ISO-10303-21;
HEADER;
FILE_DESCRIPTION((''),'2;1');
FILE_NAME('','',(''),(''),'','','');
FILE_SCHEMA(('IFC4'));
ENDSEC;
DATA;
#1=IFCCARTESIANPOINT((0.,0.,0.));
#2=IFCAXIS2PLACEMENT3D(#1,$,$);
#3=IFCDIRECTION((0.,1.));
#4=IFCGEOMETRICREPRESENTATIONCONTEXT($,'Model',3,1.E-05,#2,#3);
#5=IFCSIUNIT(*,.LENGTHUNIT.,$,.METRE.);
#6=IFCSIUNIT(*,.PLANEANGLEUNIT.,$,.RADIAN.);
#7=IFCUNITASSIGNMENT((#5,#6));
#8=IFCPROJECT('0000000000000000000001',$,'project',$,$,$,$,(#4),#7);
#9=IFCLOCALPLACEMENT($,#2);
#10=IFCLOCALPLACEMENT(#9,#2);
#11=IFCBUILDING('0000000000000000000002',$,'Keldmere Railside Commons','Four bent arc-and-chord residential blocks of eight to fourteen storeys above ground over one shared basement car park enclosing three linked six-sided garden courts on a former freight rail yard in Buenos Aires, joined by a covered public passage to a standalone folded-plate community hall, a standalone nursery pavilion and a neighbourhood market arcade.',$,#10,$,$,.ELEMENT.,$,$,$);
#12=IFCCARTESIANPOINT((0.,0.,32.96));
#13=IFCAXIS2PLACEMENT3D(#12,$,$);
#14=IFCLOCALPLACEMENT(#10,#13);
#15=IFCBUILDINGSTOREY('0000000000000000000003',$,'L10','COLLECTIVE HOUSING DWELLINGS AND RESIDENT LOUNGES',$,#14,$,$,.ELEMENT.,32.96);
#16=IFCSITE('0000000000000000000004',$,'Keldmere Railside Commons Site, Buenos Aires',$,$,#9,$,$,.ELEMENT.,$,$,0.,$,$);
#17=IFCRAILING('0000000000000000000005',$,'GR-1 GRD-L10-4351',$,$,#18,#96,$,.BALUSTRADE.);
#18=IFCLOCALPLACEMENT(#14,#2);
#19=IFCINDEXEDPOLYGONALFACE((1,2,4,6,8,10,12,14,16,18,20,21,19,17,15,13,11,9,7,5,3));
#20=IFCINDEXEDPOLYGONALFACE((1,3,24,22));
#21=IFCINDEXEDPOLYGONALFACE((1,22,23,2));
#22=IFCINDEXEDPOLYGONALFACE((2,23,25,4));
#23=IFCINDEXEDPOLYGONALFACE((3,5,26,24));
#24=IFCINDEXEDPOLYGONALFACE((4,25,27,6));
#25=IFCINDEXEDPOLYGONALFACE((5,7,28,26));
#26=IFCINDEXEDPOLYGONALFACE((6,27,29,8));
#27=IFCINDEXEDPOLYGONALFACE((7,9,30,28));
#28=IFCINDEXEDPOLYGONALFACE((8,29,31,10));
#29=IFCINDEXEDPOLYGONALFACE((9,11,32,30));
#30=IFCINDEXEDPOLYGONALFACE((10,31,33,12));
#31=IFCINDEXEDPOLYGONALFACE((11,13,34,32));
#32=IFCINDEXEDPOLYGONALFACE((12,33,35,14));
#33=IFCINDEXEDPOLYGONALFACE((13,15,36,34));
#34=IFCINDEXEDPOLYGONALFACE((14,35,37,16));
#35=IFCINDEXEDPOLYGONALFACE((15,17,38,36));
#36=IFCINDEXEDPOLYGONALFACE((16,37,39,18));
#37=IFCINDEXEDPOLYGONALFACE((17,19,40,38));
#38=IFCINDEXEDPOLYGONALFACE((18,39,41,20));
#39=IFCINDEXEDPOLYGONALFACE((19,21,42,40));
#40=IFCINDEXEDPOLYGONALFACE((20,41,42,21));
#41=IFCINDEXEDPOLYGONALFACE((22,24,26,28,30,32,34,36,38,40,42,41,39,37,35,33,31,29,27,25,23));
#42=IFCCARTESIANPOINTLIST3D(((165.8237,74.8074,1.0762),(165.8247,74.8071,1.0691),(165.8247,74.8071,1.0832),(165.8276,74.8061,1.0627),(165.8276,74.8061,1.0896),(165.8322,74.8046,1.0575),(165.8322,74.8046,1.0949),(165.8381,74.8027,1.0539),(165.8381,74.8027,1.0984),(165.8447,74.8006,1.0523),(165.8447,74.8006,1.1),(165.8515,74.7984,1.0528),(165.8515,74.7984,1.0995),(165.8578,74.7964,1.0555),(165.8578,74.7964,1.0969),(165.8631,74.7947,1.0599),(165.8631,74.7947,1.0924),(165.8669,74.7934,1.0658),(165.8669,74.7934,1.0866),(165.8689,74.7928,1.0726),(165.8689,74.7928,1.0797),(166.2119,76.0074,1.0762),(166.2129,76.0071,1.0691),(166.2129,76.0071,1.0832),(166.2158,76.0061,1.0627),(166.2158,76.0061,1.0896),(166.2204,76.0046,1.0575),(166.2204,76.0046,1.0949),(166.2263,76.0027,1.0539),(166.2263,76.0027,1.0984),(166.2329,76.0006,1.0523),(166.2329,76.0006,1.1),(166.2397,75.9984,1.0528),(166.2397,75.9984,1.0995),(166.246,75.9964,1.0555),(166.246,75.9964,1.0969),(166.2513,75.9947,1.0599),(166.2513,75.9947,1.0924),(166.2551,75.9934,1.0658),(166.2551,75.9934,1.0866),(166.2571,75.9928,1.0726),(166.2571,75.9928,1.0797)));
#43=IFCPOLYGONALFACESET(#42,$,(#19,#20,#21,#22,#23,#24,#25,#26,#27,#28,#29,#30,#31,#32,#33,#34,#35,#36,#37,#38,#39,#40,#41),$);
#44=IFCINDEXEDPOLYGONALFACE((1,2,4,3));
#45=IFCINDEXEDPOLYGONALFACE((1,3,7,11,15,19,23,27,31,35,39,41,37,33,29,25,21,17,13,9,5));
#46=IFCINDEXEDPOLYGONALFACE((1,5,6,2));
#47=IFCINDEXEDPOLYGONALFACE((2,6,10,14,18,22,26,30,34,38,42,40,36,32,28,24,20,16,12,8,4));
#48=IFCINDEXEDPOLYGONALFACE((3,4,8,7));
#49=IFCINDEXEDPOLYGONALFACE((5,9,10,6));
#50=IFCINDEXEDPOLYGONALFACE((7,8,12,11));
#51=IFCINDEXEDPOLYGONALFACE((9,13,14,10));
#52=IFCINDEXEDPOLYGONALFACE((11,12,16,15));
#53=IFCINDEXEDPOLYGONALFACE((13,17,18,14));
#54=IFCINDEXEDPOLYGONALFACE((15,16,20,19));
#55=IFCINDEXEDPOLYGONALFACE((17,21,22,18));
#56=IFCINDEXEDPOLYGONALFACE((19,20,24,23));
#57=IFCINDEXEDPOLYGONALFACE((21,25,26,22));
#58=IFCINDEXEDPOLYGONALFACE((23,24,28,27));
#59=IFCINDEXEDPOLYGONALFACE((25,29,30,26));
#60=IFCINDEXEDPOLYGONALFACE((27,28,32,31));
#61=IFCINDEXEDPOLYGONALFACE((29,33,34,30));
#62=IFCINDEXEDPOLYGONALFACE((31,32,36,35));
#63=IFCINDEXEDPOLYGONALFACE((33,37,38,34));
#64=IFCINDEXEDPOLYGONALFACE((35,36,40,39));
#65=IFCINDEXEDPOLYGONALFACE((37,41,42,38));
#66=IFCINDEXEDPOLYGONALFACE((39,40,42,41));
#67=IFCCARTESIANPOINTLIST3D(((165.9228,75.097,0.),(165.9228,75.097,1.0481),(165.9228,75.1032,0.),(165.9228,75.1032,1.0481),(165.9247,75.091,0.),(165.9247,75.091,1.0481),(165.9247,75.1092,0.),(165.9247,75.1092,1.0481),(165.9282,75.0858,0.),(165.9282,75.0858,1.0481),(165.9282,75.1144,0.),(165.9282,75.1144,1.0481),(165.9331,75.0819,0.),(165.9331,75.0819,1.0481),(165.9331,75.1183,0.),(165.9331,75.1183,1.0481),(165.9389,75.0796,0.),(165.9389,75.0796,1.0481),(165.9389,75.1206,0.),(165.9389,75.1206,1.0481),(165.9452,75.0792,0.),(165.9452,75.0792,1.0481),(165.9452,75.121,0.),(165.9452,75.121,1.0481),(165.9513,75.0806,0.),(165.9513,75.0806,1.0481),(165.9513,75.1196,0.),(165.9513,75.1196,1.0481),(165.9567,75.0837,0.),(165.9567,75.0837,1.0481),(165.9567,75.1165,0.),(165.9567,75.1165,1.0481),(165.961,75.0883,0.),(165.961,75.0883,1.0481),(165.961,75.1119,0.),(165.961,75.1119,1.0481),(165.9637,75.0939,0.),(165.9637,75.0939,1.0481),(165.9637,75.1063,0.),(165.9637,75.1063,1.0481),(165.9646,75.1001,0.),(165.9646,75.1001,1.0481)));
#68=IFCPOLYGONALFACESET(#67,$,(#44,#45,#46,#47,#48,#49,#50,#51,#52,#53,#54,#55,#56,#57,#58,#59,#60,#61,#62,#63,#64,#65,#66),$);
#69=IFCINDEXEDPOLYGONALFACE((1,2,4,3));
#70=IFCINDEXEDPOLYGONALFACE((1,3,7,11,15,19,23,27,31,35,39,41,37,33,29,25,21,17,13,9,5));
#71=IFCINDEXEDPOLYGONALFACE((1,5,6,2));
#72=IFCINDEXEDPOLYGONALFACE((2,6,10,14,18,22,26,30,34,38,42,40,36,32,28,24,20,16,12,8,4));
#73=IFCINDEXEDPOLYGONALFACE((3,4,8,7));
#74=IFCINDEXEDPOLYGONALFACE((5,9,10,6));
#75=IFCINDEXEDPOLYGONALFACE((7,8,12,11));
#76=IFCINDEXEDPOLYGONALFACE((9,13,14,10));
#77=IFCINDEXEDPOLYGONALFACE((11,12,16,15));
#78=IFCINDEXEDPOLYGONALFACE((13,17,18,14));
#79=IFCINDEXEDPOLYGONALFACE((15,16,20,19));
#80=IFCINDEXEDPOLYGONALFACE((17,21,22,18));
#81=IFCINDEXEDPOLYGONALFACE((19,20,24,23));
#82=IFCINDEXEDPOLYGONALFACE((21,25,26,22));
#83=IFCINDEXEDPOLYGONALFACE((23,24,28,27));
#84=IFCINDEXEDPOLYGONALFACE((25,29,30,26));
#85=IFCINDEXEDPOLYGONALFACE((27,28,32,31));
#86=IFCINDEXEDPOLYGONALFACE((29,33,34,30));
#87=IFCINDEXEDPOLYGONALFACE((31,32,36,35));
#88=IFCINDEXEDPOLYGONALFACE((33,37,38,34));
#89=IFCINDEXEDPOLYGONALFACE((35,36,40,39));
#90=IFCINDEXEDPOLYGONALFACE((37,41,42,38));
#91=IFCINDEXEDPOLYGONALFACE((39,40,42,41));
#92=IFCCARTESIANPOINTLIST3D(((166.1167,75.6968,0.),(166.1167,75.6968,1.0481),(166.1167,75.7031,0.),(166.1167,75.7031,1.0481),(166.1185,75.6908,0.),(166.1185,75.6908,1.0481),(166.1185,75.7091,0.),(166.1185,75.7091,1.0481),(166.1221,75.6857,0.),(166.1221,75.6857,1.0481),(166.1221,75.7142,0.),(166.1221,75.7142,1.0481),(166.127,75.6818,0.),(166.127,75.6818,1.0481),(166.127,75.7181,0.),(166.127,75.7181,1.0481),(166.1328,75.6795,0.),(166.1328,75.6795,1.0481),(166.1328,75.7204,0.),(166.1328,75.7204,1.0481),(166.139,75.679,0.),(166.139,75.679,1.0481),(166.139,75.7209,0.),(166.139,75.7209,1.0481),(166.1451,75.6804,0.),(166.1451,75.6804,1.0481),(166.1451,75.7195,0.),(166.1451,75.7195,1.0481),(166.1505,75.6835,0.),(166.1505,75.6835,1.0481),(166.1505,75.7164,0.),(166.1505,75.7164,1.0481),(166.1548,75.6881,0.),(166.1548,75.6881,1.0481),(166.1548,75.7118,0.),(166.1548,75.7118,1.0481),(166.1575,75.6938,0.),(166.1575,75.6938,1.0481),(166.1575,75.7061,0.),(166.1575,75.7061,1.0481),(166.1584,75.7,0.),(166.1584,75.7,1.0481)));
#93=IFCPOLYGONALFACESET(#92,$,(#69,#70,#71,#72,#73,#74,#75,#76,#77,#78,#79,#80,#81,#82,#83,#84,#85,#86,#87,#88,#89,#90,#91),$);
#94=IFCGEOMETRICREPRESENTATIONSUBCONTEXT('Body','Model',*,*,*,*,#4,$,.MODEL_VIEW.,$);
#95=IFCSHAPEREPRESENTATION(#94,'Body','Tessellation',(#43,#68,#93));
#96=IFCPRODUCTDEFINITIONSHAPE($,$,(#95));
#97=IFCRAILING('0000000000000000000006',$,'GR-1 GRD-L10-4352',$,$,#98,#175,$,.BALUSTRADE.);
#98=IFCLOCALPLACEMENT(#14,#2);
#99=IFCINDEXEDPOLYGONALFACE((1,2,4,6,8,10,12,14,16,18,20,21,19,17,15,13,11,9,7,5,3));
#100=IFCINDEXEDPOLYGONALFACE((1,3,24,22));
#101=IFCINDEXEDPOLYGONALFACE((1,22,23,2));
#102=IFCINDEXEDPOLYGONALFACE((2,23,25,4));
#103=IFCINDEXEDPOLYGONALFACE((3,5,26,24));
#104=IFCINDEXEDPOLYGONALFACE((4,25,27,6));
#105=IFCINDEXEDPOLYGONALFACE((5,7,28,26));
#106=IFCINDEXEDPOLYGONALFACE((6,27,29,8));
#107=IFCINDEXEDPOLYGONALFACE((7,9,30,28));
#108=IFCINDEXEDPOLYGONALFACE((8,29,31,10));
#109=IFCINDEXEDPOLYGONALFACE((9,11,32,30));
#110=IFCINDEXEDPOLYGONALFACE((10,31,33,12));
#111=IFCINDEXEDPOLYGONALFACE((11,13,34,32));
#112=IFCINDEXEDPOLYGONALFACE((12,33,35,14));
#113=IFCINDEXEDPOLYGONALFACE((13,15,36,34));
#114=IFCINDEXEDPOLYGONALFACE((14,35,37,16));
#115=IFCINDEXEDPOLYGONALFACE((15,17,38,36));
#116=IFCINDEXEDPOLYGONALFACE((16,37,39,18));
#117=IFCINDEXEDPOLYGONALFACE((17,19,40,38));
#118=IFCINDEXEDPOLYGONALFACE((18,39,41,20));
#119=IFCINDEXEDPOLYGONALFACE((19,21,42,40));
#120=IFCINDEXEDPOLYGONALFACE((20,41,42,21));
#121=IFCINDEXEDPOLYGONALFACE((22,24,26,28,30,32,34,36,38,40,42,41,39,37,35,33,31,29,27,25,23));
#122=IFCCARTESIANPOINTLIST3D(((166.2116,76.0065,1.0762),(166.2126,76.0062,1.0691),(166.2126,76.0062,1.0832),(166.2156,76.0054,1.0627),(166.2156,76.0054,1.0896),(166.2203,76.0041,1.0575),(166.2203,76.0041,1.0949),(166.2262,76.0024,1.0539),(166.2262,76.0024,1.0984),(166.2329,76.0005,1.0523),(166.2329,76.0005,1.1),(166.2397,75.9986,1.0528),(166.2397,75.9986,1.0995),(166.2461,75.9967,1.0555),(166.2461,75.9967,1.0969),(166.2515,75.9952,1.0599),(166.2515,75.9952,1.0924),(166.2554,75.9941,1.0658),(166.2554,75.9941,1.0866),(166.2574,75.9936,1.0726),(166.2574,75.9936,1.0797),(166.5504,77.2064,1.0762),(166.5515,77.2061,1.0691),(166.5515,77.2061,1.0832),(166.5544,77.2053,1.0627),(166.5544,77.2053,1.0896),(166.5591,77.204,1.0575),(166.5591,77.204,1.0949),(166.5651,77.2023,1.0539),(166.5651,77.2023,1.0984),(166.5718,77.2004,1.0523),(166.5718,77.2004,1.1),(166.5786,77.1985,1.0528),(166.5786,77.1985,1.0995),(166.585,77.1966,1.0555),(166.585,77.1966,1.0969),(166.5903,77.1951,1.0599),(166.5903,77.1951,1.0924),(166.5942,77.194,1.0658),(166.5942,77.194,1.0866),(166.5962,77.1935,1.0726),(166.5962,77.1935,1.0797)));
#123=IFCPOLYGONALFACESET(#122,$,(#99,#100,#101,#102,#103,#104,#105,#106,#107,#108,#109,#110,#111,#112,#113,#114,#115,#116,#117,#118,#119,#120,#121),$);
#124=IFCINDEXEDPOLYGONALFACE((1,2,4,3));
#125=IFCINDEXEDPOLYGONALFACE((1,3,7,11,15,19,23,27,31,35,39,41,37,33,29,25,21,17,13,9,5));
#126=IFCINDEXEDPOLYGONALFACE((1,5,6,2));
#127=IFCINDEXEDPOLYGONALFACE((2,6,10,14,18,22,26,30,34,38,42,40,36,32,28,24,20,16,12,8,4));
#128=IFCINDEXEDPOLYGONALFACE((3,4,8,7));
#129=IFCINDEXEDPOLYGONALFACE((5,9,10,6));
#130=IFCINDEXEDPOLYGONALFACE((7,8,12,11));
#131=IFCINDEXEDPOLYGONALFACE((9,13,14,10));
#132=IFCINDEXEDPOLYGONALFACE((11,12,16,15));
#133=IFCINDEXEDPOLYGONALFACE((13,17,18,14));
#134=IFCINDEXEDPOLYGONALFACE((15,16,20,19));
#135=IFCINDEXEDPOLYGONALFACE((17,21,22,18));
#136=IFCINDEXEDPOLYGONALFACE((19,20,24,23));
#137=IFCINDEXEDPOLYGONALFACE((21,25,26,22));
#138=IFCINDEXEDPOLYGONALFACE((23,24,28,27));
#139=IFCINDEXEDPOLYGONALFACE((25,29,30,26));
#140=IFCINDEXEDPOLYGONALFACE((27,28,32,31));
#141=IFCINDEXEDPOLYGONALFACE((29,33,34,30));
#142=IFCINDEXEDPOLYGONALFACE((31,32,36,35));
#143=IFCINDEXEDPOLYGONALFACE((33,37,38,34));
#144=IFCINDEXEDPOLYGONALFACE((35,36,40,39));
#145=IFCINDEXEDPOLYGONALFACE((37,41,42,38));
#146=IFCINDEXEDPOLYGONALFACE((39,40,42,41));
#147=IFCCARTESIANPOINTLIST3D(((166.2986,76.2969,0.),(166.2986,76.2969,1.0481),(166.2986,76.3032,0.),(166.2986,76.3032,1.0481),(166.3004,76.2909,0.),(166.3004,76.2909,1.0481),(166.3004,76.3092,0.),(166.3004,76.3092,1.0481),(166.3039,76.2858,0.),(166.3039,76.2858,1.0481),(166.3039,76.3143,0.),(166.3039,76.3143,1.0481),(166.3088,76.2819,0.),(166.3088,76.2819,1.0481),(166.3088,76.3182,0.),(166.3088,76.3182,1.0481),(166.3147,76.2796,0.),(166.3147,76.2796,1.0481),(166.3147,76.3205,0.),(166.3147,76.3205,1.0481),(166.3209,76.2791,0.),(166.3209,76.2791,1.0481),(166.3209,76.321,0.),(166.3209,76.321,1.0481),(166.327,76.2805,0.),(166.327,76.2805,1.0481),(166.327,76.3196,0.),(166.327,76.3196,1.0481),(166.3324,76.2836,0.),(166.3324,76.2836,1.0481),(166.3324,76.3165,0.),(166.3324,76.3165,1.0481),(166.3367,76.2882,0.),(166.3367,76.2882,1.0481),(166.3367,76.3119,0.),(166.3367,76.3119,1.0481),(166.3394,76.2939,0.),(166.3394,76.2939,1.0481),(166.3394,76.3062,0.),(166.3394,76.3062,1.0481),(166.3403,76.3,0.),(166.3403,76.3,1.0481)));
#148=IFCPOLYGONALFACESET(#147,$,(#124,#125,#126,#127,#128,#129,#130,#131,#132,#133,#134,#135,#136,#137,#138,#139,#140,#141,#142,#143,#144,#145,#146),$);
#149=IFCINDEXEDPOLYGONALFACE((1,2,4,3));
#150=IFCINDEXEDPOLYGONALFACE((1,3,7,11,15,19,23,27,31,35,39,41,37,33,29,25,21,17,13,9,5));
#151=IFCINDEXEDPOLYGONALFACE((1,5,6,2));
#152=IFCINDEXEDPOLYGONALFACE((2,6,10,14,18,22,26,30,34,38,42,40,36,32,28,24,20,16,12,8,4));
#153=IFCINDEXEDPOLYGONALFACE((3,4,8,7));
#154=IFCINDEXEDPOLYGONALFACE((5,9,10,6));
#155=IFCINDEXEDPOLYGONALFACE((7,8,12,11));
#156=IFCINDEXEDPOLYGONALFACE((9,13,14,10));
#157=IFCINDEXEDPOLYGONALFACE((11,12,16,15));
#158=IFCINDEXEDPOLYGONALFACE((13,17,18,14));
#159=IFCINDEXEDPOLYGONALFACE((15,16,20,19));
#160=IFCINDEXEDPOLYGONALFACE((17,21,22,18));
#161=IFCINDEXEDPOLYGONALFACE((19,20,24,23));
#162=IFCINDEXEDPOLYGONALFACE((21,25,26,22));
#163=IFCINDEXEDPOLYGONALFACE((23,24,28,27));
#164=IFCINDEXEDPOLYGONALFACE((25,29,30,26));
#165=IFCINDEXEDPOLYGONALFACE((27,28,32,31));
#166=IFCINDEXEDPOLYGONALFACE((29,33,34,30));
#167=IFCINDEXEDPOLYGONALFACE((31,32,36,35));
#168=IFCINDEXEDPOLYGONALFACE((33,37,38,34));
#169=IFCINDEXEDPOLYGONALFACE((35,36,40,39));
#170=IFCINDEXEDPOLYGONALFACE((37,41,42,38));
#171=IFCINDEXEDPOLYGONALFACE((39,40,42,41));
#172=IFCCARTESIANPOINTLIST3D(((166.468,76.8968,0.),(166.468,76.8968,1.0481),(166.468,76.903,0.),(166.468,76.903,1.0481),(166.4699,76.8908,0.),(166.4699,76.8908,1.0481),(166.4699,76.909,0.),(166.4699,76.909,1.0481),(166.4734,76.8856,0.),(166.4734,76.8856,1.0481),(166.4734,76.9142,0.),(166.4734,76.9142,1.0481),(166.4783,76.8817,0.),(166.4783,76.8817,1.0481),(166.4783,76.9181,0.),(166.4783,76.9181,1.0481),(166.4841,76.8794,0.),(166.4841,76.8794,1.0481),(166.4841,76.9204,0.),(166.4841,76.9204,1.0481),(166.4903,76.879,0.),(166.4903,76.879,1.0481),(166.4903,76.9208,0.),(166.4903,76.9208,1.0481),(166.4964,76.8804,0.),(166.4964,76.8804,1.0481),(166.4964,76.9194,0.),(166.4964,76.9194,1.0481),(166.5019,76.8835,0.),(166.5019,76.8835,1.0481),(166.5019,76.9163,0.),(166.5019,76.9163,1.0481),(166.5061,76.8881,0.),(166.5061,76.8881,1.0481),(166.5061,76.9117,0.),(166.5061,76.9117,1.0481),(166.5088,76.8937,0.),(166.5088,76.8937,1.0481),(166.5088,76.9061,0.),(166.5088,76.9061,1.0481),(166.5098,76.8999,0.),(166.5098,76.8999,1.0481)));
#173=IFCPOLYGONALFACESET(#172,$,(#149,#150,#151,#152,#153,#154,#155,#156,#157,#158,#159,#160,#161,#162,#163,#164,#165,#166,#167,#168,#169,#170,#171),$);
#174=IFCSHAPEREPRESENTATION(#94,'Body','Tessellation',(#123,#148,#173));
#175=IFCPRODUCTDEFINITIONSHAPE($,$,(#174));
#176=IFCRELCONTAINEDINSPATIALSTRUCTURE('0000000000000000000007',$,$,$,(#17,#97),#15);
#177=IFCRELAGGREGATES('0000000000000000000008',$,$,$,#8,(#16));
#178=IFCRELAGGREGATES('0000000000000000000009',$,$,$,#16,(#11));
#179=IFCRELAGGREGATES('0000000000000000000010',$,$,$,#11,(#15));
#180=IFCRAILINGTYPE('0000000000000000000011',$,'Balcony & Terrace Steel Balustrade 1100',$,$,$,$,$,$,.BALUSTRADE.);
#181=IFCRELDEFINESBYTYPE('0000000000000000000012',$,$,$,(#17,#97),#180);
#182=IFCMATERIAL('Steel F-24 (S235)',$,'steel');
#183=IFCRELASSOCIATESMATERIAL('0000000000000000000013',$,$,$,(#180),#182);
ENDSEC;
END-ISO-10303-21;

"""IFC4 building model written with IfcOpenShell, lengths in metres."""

from ifc_helpers import new_model, si_unit, direction, frame, origin, origin_2d, place, context, subcontext, project, spatial, circle, extrude, material, type_object, element, save


model = new_model("IFC4")

# Units and contexts
model_context = context("Model", 3, precision=1e-05, world=origin(), true_north=direction((0.0, 1.0)))
body_context = subcontext(model_context, "Body", "Model", "MODEL_VIEW")
ifc_project = project(units=[si_unit("LENGTHUNIT", "METRE"), si_unit("PLANEANGLEUNIT", "RADIAN")], contexts=[model_context])

# Site, building, storey
site_placement = place(None, origin())
site = spatial("IfcSite", under=ifc_project, at=site_placement, Name="Keldmere Railside Commons Site, Buenos Aires", CompositionType="ELEMENT", RefElevation=0.0)
building_placement = place(site_placement, origin())
building = spatial("IfcBuilding", under=site, at=building_placement, Name="Keldmere Railside Commons", Description="Four bent arc-and-chord residential blocks of eight to fourteen storeys above ground over one shared basement car park enclosing three linked six-sided garden courts on a former freight rail yard in Buenos Aires, joined by a covered public passage to a standalone folded-plate community hall, a standalone nursery pavilion and a neighbourhood market arcade.", CompositionType="ELEMENT")
storey_placement = place(building_placement, frame((0.0, 0.0, 32.96)))
storey = spatial("IfcBuildingStorey", under=building, at=storey_placement, Name="L10", Description="COLLECTIVE HOUSING DWELLINGS AND RESIDENT LOUNGES", CompositionType="ELEMENT", Elevation=32.96)

# Railings
ifc_material_1 = material(Name="Steel F-24 (S235)", Category="steel")
railing_type_1 = type_object("IfcRailingType", Name="Balcony & Terrace Steel Balustrade 1100", PredefinedType="BALUSTRADE", material=ifc_material_1)
railing_1_placement = place(storey_placement, frame((165.8464, 74.8, 0.0)))
element("IfcRailing", 1, at=railing_1_placement, inside=storey, type_object=railing_type_1, Name="GR-1 GRD-L10-4351", PredefinedType="BALUSTRADE", context=body_context, shape_type="SweptSolid", body=[
    extrude(circle(Radius=0.0239, at=origin_2d()), frame((0.0, 0.0, 1.0762), z_axis=(0.307795, 0.951453, 0.0), x_axis=(-0.951453, 0.307795, 0.0)), (0.0, 0.0, 1.0), 1.2612),
    extrude(circle(Radius=0.021, at=origin_2d()), frame((0.0972, 0.3, 0.0)), (0.0, 0.0, 1.0), 1.0481),
    extrude(circle(Radius=0.021, at=origin_2d()), frame((0.291, 0.8999, 0.0)), (0.0, 0.0, 1.0), 1.0481),
])
railing_2_placement = place(storey_placement, frame((166.2346, 76.0, 0.0)))
element("IfcRailing", 2, at=railing_2_placement, inside=storey, type_object=railing_type_1, Name="GR-1 GRD-L10-4352", PredefinedType="BALUSTRADE", context=body_context, shape_type="SweptSolid", body=[
    extrude(circle(Radius=0.0239, at=origin_2d()), frame((0.0, 0.0, 1.0762), z_axis=(0.271772, 0.962362, 0.0), x_axis=(-0.962362, 0.271772, 0.0)), (0.0, 0.0, 1.0), 1.2468),
    extrude(circle(Radius=0.021, at=origin_2d()), frame((0.0847, 0.3, 0.0)), (0.0, 0.0, 1.0), 1.0481),
    extrude(circle(Radius=0.021, at=origin_2d()), frame((0.2542, 0.8999, 0.0)), (0.0, 0.0, 1.0), 1.0481),
])

save(model, "model.ifc")
